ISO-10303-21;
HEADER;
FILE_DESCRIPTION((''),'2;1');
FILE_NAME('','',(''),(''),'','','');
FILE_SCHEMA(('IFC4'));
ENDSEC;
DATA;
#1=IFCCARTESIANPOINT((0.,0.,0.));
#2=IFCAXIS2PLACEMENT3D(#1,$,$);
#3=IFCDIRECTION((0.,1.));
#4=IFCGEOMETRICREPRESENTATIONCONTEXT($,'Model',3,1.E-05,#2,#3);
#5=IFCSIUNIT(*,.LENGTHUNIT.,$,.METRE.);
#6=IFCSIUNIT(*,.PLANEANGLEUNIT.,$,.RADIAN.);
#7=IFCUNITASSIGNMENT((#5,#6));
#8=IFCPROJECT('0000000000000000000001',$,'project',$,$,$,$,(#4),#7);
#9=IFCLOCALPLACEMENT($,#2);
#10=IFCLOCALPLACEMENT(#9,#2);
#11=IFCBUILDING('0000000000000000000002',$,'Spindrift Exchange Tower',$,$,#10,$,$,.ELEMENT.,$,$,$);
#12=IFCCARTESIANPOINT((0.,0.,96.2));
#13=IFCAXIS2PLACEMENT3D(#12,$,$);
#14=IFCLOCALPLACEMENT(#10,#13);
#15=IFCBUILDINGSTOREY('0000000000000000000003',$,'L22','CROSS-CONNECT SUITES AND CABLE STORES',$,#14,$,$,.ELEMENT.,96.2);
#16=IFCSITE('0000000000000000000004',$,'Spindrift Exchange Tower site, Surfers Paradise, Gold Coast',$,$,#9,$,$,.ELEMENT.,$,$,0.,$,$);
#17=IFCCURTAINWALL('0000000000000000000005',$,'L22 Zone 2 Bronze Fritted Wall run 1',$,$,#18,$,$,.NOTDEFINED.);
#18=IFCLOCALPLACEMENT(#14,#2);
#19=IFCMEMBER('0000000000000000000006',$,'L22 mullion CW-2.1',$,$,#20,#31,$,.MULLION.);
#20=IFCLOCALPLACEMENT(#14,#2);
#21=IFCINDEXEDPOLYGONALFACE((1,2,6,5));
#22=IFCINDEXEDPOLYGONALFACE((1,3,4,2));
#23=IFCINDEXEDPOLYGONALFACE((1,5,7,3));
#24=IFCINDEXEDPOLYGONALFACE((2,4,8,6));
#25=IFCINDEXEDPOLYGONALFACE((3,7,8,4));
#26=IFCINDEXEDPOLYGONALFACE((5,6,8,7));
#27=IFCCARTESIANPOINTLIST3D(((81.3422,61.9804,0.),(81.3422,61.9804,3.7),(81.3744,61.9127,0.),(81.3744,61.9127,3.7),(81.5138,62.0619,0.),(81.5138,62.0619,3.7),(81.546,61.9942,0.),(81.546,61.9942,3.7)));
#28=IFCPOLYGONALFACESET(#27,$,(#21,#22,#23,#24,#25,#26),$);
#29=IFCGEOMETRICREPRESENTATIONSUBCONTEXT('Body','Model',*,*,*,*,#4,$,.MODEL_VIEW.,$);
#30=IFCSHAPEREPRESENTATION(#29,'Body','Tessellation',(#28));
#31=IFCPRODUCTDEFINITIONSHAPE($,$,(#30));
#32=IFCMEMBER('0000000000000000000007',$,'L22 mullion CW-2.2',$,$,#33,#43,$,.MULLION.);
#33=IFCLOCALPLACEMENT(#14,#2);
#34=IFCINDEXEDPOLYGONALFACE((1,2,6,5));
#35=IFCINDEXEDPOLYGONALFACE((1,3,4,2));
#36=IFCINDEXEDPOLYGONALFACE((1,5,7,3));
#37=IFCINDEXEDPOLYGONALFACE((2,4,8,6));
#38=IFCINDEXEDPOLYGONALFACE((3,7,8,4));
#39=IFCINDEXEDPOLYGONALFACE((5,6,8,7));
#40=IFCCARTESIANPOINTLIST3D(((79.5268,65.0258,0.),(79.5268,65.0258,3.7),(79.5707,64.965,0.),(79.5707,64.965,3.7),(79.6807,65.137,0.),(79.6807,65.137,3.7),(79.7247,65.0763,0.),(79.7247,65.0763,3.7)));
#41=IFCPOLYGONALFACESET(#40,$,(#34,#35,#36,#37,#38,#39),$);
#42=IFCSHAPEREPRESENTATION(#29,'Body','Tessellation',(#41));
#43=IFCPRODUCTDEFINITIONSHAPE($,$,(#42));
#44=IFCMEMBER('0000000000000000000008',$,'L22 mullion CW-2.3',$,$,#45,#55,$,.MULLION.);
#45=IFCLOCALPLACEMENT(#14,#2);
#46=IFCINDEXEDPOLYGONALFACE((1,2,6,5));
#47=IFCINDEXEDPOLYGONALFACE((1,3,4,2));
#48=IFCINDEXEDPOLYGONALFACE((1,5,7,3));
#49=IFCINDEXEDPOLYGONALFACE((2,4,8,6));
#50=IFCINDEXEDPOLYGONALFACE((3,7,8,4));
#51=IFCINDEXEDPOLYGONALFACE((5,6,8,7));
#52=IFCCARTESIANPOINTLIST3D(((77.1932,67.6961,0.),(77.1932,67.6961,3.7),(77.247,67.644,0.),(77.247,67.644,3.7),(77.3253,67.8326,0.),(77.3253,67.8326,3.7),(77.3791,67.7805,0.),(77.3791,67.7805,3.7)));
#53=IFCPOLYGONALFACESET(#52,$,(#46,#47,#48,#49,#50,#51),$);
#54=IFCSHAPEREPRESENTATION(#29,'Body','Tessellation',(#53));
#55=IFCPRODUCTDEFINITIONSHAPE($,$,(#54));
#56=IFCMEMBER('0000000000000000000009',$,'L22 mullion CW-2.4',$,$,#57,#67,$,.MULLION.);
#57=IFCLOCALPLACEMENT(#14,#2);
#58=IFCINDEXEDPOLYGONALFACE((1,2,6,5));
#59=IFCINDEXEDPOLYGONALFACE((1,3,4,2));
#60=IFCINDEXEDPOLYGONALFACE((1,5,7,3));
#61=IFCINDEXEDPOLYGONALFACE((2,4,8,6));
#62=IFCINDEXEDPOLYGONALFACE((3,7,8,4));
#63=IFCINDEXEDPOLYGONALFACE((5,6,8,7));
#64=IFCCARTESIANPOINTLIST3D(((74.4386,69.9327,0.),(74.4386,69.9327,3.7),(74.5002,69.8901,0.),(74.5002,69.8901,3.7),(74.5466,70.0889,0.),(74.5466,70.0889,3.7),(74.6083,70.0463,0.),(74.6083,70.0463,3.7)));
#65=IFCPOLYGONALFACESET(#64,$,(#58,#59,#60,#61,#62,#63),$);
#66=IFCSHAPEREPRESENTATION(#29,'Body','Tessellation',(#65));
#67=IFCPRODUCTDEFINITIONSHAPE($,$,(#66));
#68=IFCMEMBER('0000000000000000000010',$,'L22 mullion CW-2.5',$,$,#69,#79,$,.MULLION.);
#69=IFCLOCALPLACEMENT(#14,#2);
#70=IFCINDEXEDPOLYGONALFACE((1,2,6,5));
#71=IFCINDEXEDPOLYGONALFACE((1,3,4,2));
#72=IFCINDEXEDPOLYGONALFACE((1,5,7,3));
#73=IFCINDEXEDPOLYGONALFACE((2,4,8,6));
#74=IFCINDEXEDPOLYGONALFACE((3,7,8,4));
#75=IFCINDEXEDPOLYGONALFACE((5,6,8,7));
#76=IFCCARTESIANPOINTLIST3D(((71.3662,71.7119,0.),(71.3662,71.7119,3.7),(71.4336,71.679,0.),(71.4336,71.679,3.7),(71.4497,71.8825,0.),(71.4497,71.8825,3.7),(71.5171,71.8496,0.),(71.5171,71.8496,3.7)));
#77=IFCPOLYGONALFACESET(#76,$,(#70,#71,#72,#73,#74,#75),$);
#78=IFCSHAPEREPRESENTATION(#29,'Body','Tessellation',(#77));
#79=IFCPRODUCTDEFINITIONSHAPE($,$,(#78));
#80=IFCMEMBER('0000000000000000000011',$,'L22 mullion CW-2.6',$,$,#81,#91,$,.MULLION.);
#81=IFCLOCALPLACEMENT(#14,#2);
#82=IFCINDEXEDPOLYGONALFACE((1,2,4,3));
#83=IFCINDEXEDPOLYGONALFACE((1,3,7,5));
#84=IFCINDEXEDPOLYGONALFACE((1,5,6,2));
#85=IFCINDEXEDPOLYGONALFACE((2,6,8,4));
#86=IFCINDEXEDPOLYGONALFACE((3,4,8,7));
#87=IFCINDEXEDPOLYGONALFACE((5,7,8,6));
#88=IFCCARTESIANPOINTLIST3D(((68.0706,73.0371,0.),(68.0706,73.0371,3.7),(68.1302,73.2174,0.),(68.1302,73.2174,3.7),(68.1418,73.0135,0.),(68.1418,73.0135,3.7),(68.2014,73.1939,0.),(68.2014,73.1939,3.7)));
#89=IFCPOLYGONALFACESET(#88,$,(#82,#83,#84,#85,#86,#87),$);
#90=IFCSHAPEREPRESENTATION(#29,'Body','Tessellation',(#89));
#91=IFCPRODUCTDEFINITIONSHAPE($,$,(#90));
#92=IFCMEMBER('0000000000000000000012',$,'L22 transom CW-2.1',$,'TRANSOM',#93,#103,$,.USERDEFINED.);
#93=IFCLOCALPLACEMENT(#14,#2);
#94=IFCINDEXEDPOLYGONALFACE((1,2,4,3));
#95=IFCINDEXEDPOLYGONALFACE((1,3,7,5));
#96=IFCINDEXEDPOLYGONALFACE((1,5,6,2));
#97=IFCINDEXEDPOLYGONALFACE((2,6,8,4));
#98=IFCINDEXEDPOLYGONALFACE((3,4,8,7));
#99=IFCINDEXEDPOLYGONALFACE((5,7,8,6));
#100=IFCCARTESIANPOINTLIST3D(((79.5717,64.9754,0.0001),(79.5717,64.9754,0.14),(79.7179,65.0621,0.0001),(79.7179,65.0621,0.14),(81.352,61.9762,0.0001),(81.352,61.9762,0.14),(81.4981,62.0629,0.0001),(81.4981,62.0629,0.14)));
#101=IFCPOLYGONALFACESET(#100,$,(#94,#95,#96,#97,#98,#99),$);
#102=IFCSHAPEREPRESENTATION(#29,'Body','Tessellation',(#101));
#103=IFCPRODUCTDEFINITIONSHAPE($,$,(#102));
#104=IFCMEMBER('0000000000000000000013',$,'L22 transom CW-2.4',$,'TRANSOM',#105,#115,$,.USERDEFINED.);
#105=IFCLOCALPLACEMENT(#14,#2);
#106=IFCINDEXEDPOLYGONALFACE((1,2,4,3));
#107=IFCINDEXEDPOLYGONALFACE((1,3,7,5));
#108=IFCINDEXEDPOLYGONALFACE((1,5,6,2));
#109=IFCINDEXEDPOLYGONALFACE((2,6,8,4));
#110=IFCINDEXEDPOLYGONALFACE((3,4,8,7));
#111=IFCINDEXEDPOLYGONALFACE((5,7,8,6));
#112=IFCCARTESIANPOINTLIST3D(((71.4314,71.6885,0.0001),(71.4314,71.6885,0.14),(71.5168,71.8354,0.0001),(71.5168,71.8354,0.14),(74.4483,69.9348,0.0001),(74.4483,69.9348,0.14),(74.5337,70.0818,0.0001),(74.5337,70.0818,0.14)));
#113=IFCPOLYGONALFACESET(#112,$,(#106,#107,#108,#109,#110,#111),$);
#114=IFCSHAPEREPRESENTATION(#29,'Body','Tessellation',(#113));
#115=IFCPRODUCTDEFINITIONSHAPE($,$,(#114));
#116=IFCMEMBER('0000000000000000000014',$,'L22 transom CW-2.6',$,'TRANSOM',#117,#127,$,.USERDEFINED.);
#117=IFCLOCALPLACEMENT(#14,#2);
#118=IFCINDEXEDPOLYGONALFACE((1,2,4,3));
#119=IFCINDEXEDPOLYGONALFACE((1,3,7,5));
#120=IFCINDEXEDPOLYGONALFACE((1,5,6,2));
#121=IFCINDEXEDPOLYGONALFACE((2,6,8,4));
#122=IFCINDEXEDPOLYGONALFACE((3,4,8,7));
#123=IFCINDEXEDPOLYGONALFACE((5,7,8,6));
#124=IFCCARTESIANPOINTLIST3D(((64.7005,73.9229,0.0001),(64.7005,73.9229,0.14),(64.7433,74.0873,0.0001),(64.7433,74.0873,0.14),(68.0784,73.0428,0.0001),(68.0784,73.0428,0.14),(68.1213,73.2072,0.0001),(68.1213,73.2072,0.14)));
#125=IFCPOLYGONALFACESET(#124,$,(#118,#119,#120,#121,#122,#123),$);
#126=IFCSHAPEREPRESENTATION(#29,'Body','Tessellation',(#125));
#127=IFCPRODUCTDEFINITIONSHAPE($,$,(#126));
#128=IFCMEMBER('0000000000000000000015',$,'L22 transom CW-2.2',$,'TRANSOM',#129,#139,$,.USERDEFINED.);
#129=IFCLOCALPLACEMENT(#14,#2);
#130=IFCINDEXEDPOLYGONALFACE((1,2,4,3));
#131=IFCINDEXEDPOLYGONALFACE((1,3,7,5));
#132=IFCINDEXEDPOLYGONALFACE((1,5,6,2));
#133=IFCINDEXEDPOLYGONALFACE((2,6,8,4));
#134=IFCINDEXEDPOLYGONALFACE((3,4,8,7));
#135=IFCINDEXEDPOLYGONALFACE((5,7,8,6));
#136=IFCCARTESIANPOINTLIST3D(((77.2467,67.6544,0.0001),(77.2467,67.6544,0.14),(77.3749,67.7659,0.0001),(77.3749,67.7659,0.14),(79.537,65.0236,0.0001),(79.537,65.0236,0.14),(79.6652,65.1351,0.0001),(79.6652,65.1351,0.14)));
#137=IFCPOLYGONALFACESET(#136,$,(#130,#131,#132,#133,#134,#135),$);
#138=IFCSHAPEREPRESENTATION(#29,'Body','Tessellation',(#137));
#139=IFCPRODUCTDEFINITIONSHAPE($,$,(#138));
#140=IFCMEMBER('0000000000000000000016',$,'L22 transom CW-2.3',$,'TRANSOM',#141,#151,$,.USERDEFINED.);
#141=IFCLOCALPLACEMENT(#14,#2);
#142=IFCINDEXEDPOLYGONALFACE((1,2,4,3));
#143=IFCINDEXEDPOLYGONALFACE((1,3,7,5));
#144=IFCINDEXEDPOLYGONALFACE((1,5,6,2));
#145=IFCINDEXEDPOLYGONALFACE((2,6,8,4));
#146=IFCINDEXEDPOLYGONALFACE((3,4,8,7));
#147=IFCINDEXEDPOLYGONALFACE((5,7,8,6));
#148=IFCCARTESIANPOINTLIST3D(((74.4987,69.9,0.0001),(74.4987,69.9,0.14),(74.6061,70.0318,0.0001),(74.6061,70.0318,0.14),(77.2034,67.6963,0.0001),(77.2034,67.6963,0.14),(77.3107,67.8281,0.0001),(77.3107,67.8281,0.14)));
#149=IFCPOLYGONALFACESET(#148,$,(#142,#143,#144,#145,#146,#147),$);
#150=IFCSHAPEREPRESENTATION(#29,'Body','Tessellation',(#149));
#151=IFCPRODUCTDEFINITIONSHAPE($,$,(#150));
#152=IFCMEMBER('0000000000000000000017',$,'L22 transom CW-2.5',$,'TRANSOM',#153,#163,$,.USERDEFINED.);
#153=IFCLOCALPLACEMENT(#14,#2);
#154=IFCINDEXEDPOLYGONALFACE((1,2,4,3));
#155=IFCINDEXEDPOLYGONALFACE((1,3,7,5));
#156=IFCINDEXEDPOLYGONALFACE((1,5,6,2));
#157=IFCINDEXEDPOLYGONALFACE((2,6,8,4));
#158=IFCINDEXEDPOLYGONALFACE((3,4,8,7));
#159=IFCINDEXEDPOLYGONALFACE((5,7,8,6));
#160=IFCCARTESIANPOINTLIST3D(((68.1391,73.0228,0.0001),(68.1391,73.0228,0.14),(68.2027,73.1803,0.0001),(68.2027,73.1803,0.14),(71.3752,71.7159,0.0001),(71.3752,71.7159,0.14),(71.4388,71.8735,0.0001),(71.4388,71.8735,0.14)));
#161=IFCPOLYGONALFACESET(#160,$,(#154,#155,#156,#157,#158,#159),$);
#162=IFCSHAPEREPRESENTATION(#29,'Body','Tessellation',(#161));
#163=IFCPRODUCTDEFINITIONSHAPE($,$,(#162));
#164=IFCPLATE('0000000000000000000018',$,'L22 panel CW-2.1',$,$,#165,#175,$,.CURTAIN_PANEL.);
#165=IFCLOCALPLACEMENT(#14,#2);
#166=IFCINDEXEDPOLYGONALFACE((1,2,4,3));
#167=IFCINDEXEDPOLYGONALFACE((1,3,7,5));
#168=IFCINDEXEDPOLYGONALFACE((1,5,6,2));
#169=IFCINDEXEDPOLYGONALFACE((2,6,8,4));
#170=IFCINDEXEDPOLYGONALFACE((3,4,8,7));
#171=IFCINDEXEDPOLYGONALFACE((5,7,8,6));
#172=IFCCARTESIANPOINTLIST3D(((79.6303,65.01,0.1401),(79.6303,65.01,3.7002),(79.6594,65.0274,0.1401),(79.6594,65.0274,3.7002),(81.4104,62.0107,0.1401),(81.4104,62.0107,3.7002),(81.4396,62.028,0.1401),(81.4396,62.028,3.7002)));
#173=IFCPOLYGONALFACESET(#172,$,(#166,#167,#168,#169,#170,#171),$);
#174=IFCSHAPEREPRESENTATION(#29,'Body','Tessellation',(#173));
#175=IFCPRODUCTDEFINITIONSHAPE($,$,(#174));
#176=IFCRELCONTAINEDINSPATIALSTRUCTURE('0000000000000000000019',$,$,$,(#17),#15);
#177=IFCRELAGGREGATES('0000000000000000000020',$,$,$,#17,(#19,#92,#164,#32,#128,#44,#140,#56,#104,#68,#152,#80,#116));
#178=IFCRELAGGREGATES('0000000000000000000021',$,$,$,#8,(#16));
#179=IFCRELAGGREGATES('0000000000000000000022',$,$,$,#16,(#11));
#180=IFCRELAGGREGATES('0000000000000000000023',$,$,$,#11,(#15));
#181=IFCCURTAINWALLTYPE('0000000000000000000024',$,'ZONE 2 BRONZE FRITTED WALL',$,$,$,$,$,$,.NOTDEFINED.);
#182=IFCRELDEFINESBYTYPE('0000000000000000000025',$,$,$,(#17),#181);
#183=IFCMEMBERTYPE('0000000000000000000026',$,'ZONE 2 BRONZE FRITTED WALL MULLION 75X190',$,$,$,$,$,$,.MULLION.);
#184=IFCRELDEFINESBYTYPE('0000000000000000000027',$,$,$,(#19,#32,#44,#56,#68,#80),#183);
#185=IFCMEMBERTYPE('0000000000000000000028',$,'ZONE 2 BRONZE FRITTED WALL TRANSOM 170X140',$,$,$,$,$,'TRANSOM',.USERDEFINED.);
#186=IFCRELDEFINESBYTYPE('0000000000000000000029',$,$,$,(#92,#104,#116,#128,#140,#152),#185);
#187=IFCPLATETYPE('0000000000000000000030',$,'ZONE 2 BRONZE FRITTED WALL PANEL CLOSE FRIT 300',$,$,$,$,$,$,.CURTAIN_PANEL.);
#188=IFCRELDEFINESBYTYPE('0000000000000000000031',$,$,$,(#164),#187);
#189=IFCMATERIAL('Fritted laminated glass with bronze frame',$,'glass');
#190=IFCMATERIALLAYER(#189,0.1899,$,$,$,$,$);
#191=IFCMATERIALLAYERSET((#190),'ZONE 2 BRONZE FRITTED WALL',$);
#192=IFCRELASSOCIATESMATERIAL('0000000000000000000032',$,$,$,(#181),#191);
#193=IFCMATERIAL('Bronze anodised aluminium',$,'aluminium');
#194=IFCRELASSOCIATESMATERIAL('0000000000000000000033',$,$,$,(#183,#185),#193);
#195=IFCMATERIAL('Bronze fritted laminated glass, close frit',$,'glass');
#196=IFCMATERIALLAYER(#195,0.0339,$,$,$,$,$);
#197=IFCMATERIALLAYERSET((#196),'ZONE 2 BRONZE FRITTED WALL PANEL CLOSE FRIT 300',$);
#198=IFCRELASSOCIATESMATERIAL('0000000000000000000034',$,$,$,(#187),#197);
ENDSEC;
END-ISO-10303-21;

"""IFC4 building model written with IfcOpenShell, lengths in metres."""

from ifc_helpers import new_model, si_unit, direction, frame, origin, origin_2d, place, context, subcontext, project, spatial, rectangle, extrude, source, transform, mapped, material, layer, layer_set, material_profile, profile_set, type_object, element, aggregate, save


model = new_model("IFC4")

# Units and contexts
model_context = context("Model", 3, precision=1e-05, world=origin(), true_north=direction((0.0, 1.0)))
body_context = subcontext(model_context, "Body", "Model", "MODEL_VIEW")
ifc_project = project(units=[si_unit("LENGTHUNIT", "METRE"), si_unit("PLANEANGLEUNIT", "RADIAN")], contexts=[model_context])

# Site, building, storey
site_placement = place(None, origin())
site = spatial("IfcSite", under=ifc_project, at=site_placement, Name="Spindrift Exchange Tower site, Surfers Paradise, Gold Coast", CompositionType="ELEMENT", RefElevation=0.0)
building_placement = place(site_placement, origin())
building = spatial("IfcBuilding", under=site, at=building_placement, Name="Spindrift Exchange Tower", CompositionType="ELEMENT")
storey_placement = place(building_placement, frame((0.0, 0.0, 96.2)))
storey = spatial("IfcBuildingStorey", under=building, at=storey_placement, Name="L22", Description="CROSS-CONNECT SUITES AND CABLE STORES", CompositionType="ELEMENT", Elevation=96.2)

# Curtain wall, members, plate
ifc_material_1 = material(Name="Fritted laminated glass with bronze frame", Category="glass")
ifc_layer_1 = layer(ifc_material_1, 0.1899)
ifc_layer_set_1 = layer_set([ifc_layer_1], Name="ZONE 2 BRONZE FRITTED WALL")
curtain_wall_type = type_object("IfcCurtainWallType", Name="ZONE 2 BRONZE FRITTED WALL", PredefinedType="NOTDEFINED", material=ifc_layer_set_1)
curtain_wall_placement = place(storey_placement, origin())
curtain_wall = element("IfcCurtainWall", 1, at=curtain_wall_placement, inside=storey, type_object=curtain_wall_type, Name="L22 Zone 2 Bronze Fritted Wall run 1", PredefinedType="NOTDEFINED")
ifc_material_2 = material(Name="Bronze anodised aluminium", Category="aluminium")
ifc_material_profile_1 = material_profile(ifc_material_2, rectangle(XDim=0.075, YDim=0.1899, at=origin_2d()), Name="ZONE 2 BRONZE FRITTED WALL MULLION 75X190")
ifc_profile_set_1 = profile_set([ifc_material_profile_1], Name="Bronze anodised aluminium")
member_type_1 = type_object("IfcMemberType", Name="ZONE 2 BRONZE FRITTED WALL MULLION 75X190", PredefinedType="MULLION", material=ifc_profile_set_1)
shared_shape_1 = source(origin(), body_context, "Body", "SweptSolid", [
    extrude(rectangle(XDim=0.075, YDim=0.1899, at=origin_2d()), origin(), (0.0, 0.0, 1.0), 3.7),
])
member_1_placement = place(storey_placement, frame((81.4441, 61.9873, 0.0), z_axis=(0.0, 0.0, 1.0), x_axis=(-0.429076, 0.903269, 0.0)))
member_1 = element("IfcMember", 2, at=member_1_placement, type_object=member_type_1, Name="L22 mullion CW-2.1", PredefinedType="MULLION", context=body_context, shape_type="MappedRepresentation", body=[
    mapped(shared_shape_1, transform((0.0, 0.0, 0.0), scale=1.0)),
])
member_2_placement = place(storey_placement, frame((79.6257, 65.051, 0.0), z_axis=(0.0, 0.0, 1.0), x_axis=(-0.58589, 0.81039, 0.0)))
member_2 = element("IfcMember", 3, at=member_2_placement, type_object=member_type_1, Name="L22 mullion CW-2.2", PredefinedType="MULLION", context=body_context, shape_type="MappedRepresentation", body=[
    mapped(shared_shape_1, transform((0.0, 0.0, 0.0), scale=1.0)),
])
member_3_placement = place(storey_placement, frame((77.2861, 67.7383, 0.0), z_axis=(0.0, 0.0, 1.0), x_axis=(-0.718542, 0.695484, 0.0)))
member_3 = element("IfcMember", 4, at=member_3_placement, type_object=member_type_1, Name="L22 mullion CW-2.3", PredefinedType="MULLION", context=body_context, shape_type="MappedRepresentation", body=[
    mapped(shared_shape_1, transform((0.0, 0.0, 0.0), scale=1.0)),
])
member_4_placement = place(storey_placement, frame((74.5234, 69.9895, 0.0), z_axis=(0.0, 0.0, 1.0), x_axis=(-0.822439, 0.568853, 0.0)))
member_4 = element("IfcMember", 5, at=member_4_placement, type_object=member_type_1, Name="L22 mullion CW-2.4", PredefinedType="MULLION", context=body_context, shape_type="MappedRepresentation", body=[
    mapped(shared_shape_1, transform((0.0, 0.0, 0.0), scale=1.0)),
])
member_5_placement = place(storey_placement, frame((71.4417, 71.7808, 0.0), z_axis=(0.0, 0.0, 1.0), x_axis=(-0.898192, 0.439603, 0.0)))
member_5 = element("IfcMember", 6, at=member_5_placement, type_object=member_type_1, Name="L22 mullion CW-2.5", PredefinedType="MULLION", context=body_context, shape_type="MappedRepresentation", body=[
    mapped(shared_shape_1, transform((0.0, 0.0, 0.0), scale=1.0)),
])
member_6_placement = place(storey_placement, frame((68.136, 73.1155, 0.0), z_axis=(0.0, 0.0, 1.0), x_axis=(-0.949446, 0.31393, 0.0)))
member_6 = element("IfcMember", 7, at=member_6_placement, type_object=member_type_1, Name="L22 mullion CW-2.6", PredefinedType="MULLION", context=body_context, shape_type="MappedRepresentation", body=[
    mapped(shared_shape_1, transform((0.0, 0.0, 0.0), scale=1.0)),
])
ifc_material_profile_2 = material_profile(ifc_material_2, rectangle(XDim=0.1699, YDim=0.1399, at=origin_2d()), Name="ZONE 2 BRONZE FRITTED WALL TRANSOM 170X140")
ifc_profile_set_2 = profile_set([ifc_material_profile_2], Name="Bronze anodised aluminium")
member_type_2 = type_object("IfcMemberType", Name="ZONE 2 BRONZE FRITTED WALL TRANSOM 170X140", ElementType="TRANSOM", PredefinedType="USERDEFINED", material=ifc_profile_set_2)
shared_shape_2 = source(origin(), body_context, "Body", "SweptSolid", [
    extrude(rectangle(XDim=0.1699, YDim=0.1399, at=origin_2d()), origin(), (0.0, 0.0, 1.0), 3.4878),
])
member_7_placement = place(storey_placement, frame((81.425, 62.0195, 0.0701), z_axis=(-0.510424, 0.859923, 0.0), x_axis=(-0.859923, -0.510424, 0.0)))
member_7 = element("IfcMember", 8, at=member_7_placement, type_object=member_type_2, Name="L22 transom CW-2.1", ObjectType="TRANSOM", PredefinedType="USERDEFINED", context=body_context, shape_type="MappedRepresentation", body=[
    mapped(shared_shape_2, transform((0.0, 0.0, 0.0), scale=1.0)),
])
shared_shape_3 = source(origin(), body_context, "Body", "SweptSolid", [
    extrude(rectangle(XDim=0.1699, YDim=0.1399, at=origin_2d()), origin(), (0.0, 0.0, 1.0), 3.4895),
])
member_8_placement = place(storey_placement, frame((74.491, 70.0083, 0.0701), z_axis=(-0.864547, 0.502552, 0.0), x_axis=(-0.502552, -0.864547, 0.0)))
member_8 = element("IfcMember", 9, at=member_8_placement, type_object=member_type_2, Name="L22 transom CW-2.4", ObjectType="TRANSOM", PredefinedType="USERDEFINED", context=body_context, shape_type="MappedRepresentation", body=[
    mapped(shared_shape_3, transform((0.0, 0.0, 0.0), scale=1.0)),
])
shared_shape_4 = source(origin(), body_context, "Body", "SweptSolid", [
    extrude(rectangle(XDim=0.1699, YDim=0.1399, at=origin_2d()), origin(), (0.0, 0.0, 1.0), 3.4907),
])
member_9_placement = place(storey_placement, frame((68.0999, 73.125, 0.0701), z_axis=(-0.967692, 0.252134, 0.0), x_axis=(-0.252134, -0.967692, 0.0)))
member_9 = element("IfcMember", 10, at=member_9_placement, type_object=member_type_2, Name="L22 transom CW-2.6", ObjectType="TRANSOM", PredefinedType="USERDEFINED", context=body_context, shape_type="MappedRepresentation", body=[
    mapped(shared_shape_4, transform((0.0, 0.0, 0.0), scale=1.0)),
])
shared_shape_5 = source(origin(), body_context, "Body", "SweptSolid", [
    extrude(rectangle(XDim=0.1699, YDim=0.1399, at=origin_2d()), origin(), (0.0, 0.0, 1.0), 3.488),
])
member_10_placement = place(storey_placement, frame((79.6011, 65.0793, 0.0701), z_axis=(-0.6566, 0.754239, 0.0), x_axis=(-0.754239, -0.6566, 0.0)))
member_10 = element("IfcMember", 11, at=member_10_placement, type_object=member_type_2, Name="L22 transom CW-2.2", ObjectType="TRANSOM", PredefinedType="USERDEFINED", context=body_context, shape_type="MappedRepresentation", body=[
    mapped(shared_shape_5, transform((0.0, 0.0, 0.0), scale=1.0)),
])
shared_shape_6 = source(origin(), body_context, "Body", "SweptSolid", [
    extrude(rectangle(XDim=0.1699, YDim=0.1399, at=origin_2d()), origin(), (0.0, 0.0, 1.0), 3.4888),
])
member_11_placement = place(storey_placement, frame((77.2571, 67.7622, 0.0701), z_axis=(-0.775253, 0.631651, 0.0), x_axis=(-0.631651, -0.775253, 0.0)))
member_11 = element("IfcMember", 12, at=member_11_placement, type_object=member_type_2, Name="L22 transom CW-2.3", ObjectType="TRANSOM", PredefinedType="USERDEFINED", context=body_context, shape_type="MappedRepresentation", body=[
    mapped(shared_shape_6, transform((0.0, 0.0, 0.0), scale=1.0)),
])
shared_shape_7 = source(origin(), body_context, "Body", "SweptSolid", [
    extrude(rectangle(XDim=0.1699, YDim=0.1399, at=origin_2d()), origin(), (0.0, 0.0, 1.0), 3.49),
])
member_12_placement = place(storey_placement, frame((71.407, 71.7947, 0.0701), z_axis=(-0.927241, 0.374464, 0.0), x_axis=(-0.374464, -0.927241, 0.0)))
member_12 = element("IfcMember", 13, at=member_12_placement, type_object=member_type_2, Name="L22 transom CW-2.5", ObjectType="TRANSOM", PredefinedType="USERDEFINED", context=body_context, shape_type="MappedRepresentation", body=[
    mapped(shared_shape_7, transform((0.0, 0.0, 0.0), scale=1.0)),
])
ifc_material_3 = material(Name="Bronze fritted laminated glass, close frit", Category="glass")
ifc_layer_2 = layer(ifc_material_3, 0.0339)
ifc_layer_set_2 = layer_set([ifc_layer_2], Name="ZONE 2 BRONZE FRITTED WALL PANEL CLOSE FRIT 300")
plate_type_1 = type_object("IfcPlateType", Name="ZONE 2 BRONZE FRITTED WALL PANEL CLOSE FRIT 300", PredefinedType="CURTAIN_PANEL", material=ifc_layer_set_2)
shared_shape_8 = source(origin(), body_context, "Body", "SweptSolid", [
    extrude(rectangle(XDim=3.4878, YDim=0.0339, at=origin_2d()), origin(), (0.0, 0.0, 1.0), 3.5601),
])
plate_1_placement = place(storey_placement, frame((80.5349, 63.519, 0.1401), z_axis=(0.0, 0.0, 1.0), x_axis=(-0.510387, 0.859945, 0.0)))
plate_1 = element("IfcPlate", 14, at=plate_1_placement, type_object=plate_type_1, Name="L22 panel CW-2.1", PredefinedType="CURTAIN_PANEL", context=body_context, shape_type="MappedRepresentation", body=[
    mapped(shared_shape_8, transform((0.0, 0.0, 0.0), scale=1.0)),
])
aggregate(curtain_wall, [member_1, member_7, plate_1, member_2, member_10, member_3, member_11, member_4, member_8, member_5, member_12, member_6, member_9])

save(model, "model.ifc")
